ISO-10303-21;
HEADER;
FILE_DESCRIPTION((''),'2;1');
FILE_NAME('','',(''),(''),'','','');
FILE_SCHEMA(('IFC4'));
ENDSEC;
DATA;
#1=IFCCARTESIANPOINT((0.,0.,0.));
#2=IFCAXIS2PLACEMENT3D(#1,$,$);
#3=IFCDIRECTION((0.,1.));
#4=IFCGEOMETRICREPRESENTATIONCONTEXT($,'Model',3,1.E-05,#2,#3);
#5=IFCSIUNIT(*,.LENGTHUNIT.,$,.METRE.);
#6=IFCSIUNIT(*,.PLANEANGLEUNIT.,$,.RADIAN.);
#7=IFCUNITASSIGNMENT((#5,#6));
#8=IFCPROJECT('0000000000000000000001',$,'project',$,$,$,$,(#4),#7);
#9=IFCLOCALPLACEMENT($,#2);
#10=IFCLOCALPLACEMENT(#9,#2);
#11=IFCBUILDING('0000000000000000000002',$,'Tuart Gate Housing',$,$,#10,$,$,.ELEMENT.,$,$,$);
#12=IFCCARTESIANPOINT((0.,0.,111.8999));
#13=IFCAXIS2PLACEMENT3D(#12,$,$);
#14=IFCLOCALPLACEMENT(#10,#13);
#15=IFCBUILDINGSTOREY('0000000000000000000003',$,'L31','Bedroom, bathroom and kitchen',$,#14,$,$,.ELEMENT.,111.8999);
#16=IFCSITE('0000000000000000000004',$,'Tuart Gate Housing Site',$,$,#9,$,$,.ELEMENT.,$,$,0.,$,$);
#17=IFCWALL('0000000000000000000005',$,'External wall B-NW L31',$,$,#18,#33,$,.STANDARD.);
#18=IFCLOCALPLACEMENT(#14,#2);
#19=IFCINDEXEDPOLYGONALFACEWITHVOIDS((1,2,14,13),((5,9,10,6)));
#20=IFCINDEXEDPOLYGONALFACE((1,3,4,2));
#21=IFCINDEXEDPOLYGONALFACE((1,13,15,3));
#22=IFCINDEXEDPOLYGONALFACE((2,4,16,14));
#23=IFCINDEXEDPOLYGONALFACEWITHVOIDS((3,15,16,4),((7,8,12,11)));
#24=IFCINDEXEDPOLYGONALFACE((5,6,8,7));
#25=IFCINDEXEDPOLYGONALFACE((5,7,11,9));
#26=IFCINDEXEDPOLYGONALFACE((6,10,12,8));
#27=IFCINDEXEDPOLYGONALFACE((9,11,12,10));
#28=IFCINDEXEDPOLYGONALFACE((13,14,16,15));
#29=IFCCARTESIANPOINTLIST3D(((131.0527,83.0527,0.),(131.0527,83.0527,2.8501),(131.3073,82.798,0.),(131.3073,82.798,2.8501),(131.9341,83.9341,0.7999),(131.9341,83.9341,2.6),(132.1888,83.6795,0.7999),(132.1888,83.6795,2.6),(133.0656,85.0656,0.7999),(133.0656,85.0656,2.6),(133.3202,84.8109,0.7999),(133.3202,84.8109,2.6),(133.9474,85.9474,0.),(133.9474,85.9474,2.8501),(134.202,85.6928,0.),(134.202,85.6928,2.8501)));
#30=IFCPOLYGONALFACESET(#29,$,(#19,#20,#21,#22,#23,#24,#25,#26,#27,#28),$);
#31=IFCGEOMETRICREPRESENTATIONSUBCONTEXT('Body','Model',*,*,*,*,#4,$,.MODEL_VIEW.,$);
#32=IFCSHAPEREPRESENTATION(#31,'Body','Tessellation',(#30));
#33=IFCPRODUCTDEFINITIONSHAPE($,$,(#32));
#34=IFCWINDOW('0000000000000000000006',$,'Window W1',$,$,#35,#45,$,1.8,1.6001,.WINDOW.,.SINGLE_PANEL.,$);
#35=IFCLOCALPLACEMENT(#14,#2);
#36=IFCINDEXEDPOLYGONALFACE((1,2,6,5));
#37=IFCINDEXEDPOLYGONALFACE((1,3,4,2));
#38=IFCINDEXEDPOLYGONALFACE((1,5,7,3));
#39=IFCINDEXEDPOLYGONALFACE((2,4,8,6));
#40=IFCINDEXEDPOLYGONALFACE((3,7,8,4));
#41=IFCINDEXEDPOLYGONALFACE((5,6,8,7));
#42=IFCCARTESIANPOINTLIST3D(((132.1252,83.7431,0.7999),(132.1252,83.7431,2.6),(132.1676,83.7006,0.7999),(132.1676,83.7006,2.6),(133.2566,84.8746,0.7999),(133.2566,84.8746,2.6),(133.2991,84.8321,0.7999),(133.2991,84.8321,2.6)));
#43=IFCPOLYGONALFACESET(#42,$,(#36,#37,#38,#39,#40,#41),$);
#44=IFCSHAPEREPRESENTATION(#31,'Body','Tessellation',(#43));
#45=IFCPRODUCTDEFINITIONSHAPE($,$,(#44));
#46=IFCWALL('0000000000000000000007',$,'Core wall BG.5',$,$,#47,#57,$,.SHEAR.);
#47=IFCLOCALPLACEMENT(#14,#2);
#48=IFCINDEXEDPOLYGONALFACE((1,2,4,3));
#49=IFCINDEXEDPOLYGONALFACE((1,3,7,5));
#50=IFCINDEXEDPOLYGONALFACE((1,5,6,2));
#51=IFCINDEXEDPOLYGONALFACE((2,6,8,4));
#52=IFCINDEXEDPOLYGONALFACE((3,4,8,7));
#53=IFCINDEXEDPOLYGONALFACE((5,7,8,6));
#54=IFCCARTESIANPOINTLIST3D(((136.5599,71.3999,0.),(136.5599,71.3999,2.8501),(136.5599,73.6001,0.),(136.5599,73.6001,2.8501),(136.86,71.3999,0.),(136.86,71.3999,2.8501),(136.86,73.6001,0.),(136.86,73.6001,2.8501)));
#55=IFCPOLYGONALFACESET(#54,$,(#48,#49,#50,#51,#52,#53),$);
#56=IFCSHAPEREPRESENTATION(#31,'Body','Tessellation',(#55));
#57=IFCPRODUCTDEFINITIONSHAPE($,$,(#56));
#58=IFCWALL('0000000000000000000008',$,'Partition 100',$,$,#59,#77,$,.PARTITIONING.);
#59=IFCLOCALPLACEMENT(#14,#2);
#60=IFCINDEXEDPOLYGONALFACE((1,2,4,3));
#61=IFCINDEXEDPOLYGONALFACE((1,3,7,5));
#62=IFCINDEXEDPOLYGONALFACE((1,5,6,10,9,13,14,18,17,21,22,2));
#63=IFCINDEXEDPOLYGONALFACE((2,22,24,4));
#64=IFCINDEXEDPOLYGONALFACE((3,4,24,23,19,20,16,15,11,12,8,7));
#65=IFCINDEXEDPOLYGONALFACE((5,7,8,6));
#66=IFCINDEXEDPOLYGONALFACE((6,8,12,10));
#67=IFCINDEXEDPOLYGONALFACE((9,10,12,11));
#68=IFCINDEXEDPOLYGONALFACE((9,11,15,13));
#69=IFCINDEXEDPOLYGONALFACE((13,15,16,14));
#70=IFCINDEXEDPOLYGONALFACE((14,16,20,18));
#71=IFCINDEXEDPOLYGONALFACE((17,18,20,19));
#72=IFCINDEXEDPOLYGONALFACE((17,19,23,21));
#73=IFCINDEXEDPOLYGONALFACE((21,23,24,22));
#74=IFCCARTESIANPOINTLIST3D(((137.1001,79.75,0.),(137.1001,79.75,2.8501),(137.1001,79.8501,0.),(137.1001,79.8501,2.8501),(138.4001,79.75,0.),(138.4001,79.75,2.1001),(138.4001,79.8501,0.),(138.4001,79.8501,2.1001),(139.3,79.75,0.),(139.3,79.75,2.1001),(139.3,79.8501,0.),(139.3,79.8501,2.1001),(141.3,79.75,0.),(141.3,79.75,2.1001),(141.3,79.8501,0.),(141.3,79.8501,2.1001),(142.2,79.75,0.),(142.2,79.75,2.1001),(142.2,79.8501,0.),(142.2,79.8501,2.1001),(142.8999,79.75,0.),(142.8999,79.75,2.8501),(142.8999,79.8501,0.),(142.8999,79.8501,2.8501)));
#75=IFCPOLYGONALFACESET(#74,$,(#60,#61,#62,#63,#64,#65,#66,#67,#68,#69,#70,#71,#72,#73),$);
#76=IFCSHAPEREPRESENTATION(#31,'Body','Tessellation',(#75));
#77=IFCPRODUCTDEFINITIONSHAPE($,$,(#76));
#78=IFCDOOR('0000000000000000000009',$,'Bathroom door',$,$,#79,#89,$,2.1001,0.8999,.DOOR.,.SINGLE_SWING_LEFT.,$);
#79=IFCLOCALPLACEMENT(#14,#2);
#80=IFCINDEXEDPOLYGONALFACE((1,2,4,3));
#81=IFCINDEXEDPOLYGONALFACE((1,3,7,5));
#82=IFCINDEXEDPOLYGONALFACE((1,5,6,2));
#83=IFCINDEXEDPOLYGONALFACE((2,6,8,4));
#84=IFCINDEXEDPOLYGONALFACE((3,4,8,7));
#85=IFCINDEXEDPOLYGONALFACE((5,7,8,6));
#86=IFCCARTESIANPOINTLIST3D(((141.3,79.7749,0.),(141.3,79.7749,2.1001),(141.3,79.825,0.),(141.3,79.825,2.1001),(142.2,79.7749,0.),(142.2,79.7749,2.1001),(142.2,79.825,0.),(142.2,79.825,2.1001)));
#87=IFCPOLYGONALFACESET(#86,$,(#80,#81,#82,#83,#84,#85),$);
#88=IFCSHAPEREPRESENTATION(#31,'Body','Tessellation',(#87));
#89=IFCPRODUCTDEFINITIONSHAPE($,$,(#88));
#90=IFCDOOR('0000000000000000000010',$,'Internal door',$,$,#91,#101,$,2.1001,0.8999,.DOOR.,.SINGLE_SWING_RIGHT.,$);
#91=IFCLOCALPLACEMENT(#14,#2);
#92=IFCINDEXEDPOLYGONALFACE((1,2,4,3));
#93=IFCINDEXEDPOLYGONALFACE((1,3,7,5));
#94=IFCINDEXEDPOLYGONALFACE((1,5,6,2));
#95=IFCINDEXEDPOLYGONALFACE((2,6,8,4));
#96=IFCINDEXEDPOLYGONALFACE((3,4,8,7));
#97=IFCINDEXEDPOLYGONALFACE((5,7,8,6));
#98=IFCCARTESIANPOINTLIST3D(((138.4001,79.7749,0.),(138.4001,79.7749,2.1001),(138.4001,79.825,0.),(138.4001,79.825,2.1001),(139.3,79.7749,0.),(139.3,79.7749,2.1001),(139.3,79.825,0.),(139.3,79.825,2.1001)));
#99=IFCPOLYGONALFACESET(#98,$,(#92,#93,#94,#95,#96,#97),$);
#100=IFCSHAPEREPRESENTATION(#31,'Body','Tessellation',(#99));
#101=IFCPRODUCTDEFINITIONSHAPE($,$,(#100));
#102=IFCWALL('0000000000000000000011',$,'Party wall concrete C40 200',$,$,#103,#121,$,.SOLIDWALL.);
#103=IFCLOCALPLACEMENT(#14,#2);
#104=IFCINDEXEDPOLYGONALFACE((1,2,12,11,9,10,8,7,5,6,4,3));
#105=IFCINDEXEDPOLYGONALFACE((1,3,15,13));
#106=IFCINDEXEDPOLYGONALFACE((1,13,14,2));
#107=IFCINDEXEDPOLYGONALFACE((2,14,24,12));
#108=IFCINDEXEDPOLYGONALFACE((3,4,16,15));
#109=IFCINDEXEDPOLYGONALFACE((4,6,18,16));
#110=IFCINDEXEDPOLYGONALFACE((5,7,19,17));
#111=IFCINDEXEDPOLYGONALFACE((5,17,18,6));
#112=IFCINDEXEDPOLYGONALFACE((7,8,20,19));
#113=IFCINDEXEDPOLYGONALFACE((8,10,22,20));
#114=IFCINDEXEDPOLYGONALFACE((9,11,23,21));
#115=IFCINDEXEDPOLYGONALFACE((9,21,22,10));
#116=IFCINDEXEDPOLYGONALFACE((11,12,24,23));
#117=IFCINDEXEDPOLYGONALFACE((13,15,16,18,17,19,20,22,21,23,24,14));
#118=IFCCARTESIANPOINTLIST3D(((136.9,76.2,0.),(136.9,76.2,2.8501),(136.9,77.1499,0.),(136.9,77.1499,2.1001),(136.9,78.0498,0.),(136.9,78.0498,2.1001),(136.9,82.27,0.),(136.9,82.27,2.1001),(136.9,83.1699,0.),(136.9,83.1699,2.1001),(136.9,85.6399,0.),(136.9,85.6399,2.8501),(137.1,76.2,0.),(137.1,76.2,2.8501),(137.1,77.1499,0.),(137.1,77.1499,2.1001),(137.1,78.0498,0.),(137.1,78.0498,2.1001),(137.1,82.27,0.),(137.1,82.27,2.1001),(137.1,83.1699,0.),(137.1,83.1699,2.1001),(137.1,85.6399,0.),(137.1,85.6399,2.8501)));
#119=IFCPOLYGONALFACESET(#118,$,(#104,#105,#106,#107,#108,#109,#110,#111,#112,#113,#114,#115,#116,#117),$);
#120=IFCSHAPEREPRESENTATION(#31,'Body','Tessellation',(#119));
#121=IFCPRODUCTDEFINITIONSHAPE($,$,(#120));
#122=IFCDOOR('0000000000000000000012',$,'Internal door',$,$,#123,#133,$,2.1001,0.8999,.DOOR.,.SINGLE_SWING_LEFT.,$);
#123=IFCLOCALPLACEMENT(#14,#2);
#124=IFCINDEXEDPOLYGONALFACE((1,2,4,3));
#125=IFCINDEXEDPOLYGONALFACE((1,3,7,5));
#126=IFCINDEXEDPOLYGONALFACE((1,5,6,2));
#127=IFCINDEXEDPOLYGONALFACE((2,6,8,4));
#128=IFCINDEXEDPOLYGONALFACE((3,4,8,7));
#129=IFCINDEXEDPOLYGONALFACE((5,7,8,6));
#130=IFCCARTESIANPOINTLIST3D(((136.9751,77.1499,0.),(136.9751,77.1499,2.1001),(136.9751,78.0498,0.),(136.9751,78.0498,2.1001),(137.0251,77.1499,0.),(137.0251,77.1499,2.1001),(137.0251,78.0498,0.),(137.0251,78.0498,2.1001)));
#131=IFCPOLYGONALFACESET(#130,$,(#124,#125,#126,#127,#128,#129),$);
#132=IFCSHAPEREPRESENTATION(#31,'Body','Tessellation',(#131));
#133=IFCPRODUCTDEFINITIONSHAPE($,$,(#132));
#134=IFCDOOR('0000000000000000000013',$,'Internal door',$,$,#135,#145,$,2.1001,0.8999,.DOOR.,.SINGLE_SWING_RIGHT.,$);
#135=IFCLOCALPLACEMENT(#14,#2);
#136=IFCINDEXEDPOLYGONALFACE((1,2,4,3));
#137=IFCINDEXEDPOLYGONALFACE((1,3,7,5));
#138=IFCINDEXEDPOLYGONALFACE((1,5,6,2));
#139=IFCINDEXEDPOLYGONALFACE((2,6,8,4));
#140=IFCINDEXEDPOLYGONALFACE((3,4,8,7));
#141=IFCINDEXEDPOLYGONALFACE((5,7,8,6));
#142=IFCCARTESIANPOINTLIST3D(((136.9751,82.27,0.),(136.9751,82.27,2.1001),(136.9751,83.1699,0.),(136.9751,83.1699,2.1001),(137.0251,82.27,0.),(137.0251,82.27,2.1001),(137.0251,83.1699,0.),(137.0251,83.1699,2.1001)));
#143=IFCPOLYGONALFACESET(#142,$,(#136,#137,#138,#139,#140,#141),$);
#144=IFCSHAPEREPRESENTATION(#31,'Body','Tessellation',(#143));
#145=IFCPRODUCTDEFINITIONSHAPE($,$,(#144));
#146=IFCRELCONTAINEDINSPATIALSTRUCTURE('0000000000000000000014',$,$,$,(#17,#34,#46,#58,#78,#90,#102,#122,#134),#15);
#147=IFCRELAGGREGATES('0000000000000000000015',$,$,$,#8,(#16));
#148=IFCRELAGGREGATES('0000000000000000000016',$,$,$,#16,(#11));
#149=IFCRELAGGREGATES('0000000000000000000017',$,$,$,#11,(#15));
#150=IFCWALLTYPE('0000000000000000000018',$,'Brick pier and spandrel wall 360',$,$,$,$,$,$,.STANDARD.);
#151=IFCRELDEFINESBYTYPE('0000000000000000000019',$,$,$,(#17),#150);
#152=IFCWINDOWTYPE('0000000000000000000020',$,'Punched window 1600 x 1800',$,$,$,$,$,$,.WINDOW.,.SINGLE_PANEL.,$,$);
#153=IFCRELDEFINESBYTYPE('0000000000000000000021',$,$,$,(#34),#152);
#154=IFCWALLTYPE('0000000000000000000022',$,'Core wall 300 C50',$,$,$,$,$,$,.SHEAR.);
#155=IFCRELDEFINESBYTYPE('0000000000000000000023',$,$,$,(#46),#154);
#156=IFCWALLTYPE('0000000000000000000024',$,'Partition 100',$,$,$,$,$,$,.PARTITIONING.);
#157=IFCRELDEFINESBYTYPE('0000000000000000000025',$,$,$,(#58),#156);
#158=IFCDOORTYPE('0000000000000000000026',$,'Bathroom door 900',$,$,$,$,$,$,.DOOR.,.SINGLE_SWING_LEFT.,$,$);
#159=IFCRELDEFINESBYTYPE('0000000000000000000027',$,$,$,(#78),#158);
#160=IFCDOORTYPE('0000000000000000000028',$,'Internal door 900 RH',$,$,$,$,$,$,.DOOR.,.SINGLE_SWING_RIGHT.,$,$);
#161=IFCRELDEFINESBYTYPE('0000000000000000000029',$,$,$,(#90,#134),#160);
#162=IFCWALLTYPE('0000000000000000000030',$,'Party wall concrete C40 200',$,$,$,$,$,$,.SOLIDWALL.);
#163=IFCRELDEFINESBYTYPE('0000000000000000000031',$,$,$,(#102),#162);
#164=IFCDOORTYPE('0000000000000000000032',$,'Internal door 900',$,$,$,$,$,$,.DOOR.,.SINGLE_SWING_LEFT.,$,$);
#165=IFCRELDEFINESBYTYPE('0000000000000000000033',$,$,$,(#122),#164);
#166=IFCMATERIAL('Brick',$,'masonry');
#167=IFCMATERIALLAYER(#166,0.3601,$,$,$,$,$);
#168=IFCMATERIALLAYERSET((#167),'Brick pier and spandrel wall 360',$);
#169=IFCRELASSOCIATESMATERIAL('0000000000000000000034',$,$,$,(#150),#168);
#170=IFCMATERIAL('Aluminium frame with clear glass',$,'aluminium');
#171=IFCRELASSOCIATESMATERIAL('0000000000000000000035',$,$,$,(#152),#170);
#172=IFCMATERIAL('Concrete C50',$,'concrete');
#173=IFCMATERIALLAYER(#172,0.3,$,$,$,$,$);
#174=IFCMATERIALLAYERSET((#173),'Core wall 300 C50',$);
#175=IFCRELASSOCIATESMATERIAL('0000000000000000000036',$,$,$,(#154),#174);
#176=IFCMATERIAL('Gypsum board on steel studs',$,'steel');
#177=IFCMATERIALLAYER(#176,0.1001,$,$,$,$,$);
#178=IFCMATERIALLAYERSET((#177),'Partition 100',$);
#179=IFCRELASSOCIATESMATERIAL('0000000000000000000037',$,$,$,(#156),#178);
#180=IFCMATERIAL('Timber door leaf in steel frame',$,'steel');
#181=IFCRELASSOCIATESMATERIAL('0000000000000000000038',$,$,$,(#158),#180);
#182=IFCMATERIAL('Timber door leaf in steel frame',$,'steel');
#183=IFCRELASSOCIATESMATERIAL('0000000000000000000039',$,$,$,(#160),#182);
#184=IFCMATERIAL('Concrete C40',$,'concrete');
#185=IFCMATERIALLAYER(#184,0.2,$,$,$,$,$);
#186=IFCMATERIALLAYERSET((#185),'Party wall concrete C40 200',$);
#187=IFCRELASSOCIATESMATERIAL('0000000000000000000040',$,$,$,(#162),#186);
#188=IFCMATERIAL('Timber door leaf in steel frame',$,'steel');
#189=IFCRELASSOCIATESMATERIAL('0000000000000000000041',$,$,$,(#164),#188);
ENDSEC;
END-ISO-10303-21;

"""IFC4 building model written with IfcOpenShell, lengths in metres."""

from ifc_helpers import new_model, si_unit, direction, frame, frame_2d, origin, place, context, subcontext, project, spatial, rectangle, extrude, material, layer, layer_set, type_object, element, fill, save


model = new_model("IFC4")

# Units and contexts
model_context = context("Model", 3, precision=1e-05, world=origin(), true_north=direction((0.0, 1.0)))
body_context = subcontext(model_context, "Body", "Model", "MODEL_VIEW")
ifc_project = project(units=[si_unit("LENGTHUNIT", "METRE"), si_unit("PLANEANGLEUNIT", "RADIAN")], contexts=[model_context])

# Site, building, storey
site_placement = place(None, origin())
site = spatial("IfcSite", under=ifc_project, at=site_placement, Name="Tuart Gate Housing Site", CompositionType="ELEMENT", RefElevation=0.0)
building_placement = place(site_placement, origin())
building = spatial("IfcBuilding", under=site, at=building_placement, Name="Tuart Gate Housing", CompositionType="ELEMENT")
storey_placement = place(building_placement, frame((0.0, 0.0, 111.8999)))
storey = spatial("IfcBuildingStorey", under=building, at=storey_placement, Name="L31", Description="Bedroom, bathroom and kitchen", CompositionType="ELEMENT", Elevation=111.8999)

# Wall, opening, window
ifc_material_1 = material(Name="Brick", Category="masonry")
ifc_layer_1 = layer(ifc_material_1, 0.3601)
ifc_layer_set_1 = layer_set([ifc_layer_1], Name="Brick pier and spandrel wall 360")
wall_type_1 = type_object("IfcWallType", Name="Brick pier and spandrel wall 360", PredefinedType="STANDARD", material=ifc_layer_set_1)
wall_1_placement = place(storey_placement, frame((134.0747, 85.8201, 0.0), z_axis=(0.0, 0.0, 1.0), x_axis=(-0.707107, -0.707107, 0.0)))
wall_1 = element("IfcWall", 1, at=wall_1_placement, inside=storey, type_object=wall_type_1, Name="External wall B-NW L31", PredefinedType="STANDARD", context=body_context, shape_type="SweptSolid", body=[
    extrude(rectangle(XDim=4.0938, YDim=0.3601, at=frame_2d((2.0469, 0.0))), origin(), (0.0, 0.0, 1.0), 2.8501),
])
opening_1_placement = place(wall_1_placement, frame((1.2471, 0.0, 0.8)))
opening_1 = element("IfcOpeningElement", 2, at=opening_1_placement, cuts=wall_1, PredefinedType="OPENING", context=body_context, shape_type="SweptSolid", body=[
    extrude(rectangle(XDim=1.6001, YDim=1.8, at=frame_2d((0.8, 0.8999))), frame((0.0, 0.1899, 0.0), z_axis=(0.0, -1.0, 0.0), x_axis=(1.0, 0.0, 0.0)), (0.0, 0.0, 1.0), 0.3801),
])
ifc_material_2 = material(Name="Aluminium frame with clear glass", Category="aluminium")
window_type = type_object("IfcWindowType", Name="Punched window 1600 x 1800", PartitioningType="SINGLE_PANEL", PredefinedType="WINDOW", material=ifc_material_2)
window_placement = place(opening_1_placement, origin())
window = element("IfcWindow", 3, at=window_placement, inside=storey, type_object=window_type, Name="Window W1", OverallHeight=1.8, OverallWidth=1.6001, PartitioningType="SINGLE_PANEL", PredefinedType="WINDOW", context=body_context, shape_type="SweptSolid", body=[
    extrude(rectangle(XDim=1.6001, YDim=1.8, at=frame_2d((0.8, 0.8999))), frame((0.0, 0.1501, 0.0), z_axis=(0.0, -1.0, 0.0), x_axis=(1.0, 0.0, 0.0)), (0.0, 0.0, 1.0), 0.0601),
])
fill(opening_1, window)

# Wall
ifc_material_3 = material(Name="Concrete C50", Category="concrete")
ifc_layer_2 = layer(ifc_material_3, 0.3)
ifc_layer_set_2 = layer_set([ifc_layer_2], Name="Core wall 300 C50")
wall_type_2 = type_object("IfcWallType", Name="Core wall 300 C50", PredefinedType="SHEAR", material=ifc_layer_set_2)
wall_2_placement = place(storey_placement, frame((136.71, 71.3999, 0.0), z_axis=(0.0, 0.0, 1.0), x_axis=(0.0, 1.0, 0.0)))
element("IfcWall", 4, at=wall_2_placement, inside=storey, type_object=wall_type_2, Name="Core wall BG.5", PredefinedType="SHEAR", context=body_context, shape_type="SweptSolid", body=[
    extrude(rectangle(XDim=2.2002, YDim=0.3, at=frame_2d((1.1001, 0.0))), origin(), (0.0, 0.0, 1.0), 2.8501),
])

# Walls, openings, doors
ifc_material_4 = material(Name="Gypsum board on steel studs", Category="steel")
ifc_layer_3 = layer(ifc_material_4, 0.1001)
ifc_layer_set_3 = layer_set([ifc_layer_3], Name="Partition 100")
wall_type_3 = type_object("IfcWallType", Name="Partition 100", PredefinedType="PARTITIONING", material=ifc_layer_set_3)
wall_3_placement = place(storey_placement, frame((137.1001, 79.8, 0.0), z_axis=(0.0, 0.0, 1.0), x_axis=(1.0, 0.0, 0.0)))
wall_3 = element("IfcWall", 5, at=wall_3_placement, inside=storey, type_object=wall_type_3, Name="Partition 100", PredefinedType="PARTITIONING", context=body_context, shape_type="SweptSolid", body=[
    extrude(rectangle(XDim=5.7998, YDim=0.1001, at=frame_2d((2.8999, 0.0))), origin(), (0.0, 0.0, 1.0), 2.8501),
])
opening_2_placement = place(wall_3_placement, frame((1.3, 0.0, 0.0)))
opening_2 = element("IfcOpeningElement", 6, at=opening_2_placement, cuts=wall_3, PredefinedType="OPENING", context=body_context, shape_type="SweptSolid", body=[
    extrude(rectangle(XDim=0.8999, YDim=2.1001, at=frame_2d((0.45, 1.05))), frame((0.0, 0.0601, 0.0), z_axis=(0.0, -1.0, 0.0), x_axis=(1.0, 0.0, 0.0)), (0.0, 0.0, 1.0), 0.1201),
])
opening_3_placement = place(wall_3_placement, frame((4.2, 0.0, 0.0)))
opening_3 = element("IfcOpeningElement", 7, at=opening_3_placement, cuts=wall_3, PredefinedType="OPENING", context=body_context, shape_type="SweptSolid", body=[
    extrude(rectangle(XDim=0.8999, YDim=2.1001, at=frame_2d((0.45, 1.05))), frame((0.0, 0.0601, 0.0), z_axis=(0.0, -1.0, 0.0), x_axis=(1.0, 0.0, 0.0)), (0.0, 0.0, 1.0), 0.1201),
])
ifc_material_5 = material(Name="Timber door leaf in steel frame", Category="steel")
door_type_1 = type_object("IfcDoorType", Name="Bathroom door 900", OperationType="SINGLE_SWING_LEFT", PredefinedType="DOOR", material=ifc_material_5)
door_1_placement = place(opening_3_placement, origin())
door_1 = element("IfcDoor", 8, at=door_1_placement, inside=storey, type_object=door_type_1, Name="Bathroom door", OperationType="SINGLE_SWING_LEFT", OverallHeight=2.1001, OverallWidth=0.8999, PredefinedType="DOOR", context=body_context, shape_type="SweptSolid", body=[
    extrude(rectangle(XDim=0.8999, YDim=2.1001, at=frame_2d((0.45, 1.05))), frame((0.0, 0.0249, 0.0), z_axis=(0.0, -1.0, 0.0), x_axis=(1.0, 0.0, 0.0)), (0.0, 0.0, 1.0), 0.05),
])
fill(opening_3, door_1)
ifc_material_6 = material(Name="Timber door leaf in steel frame", Category="steel")
door_type_2 = type_object("IfcDoorType", Name="Internal door 900 RH", OperationType="SINGLE_SWING_RIGHT", PredefinedType="DOOR", material=ifc_material_6)
door_2_placement = place(opening_2_placement, frame((0.8999, 0.0, 0.0), z_axis=(0.0, 0.0, 1.0), x_axis=(-1.0, 0.0, 0.0)))
door_2 = element("IfcDoor", 9, at=door_2_placement, inside=storey, type_object=door_type_2, Name="Internal door", OperationType="SINGLE_SWING_RIGHT", OverallHeight=2.1001, OverallWidth=0.8999, PredefinedType="DOOR", context=body_context, shape_type="SweptSolid", body=[
    extrude(rectangle(XDim=0.8999, YDim=2.1001, at=frame_2d((0.45, 1.05))), frame((0.0, 0.0251, 0.0), z_axis=(0.0, -1.0, 0.0), x_axis=(1.0, 0.0, 0.0)), (0.0, 0.0, 1.0), 0.05),
])
fill(opening_2, door_2)
ifc_material_7 = material(Name="Concrete C40", Category="concrete")
ifc_layer_4 = layer(ifc_material_7, 0.2)
ifc_layer_set_4 = layer_set([ifc_layer_4], Name="Party wall concrete C40 200")
wall_type_4 = type_object("IfcWallType", Name="Party wall concrete C40 200", PredefinedType="SOLIDWALL", material=ifc_layer_set_4)
wall_4_placement = place(storey_placement, frame((137.0, 76.2, 0.0), z_axis=(0.0, 0.0, 1.0), x_axis=(0.0, 1.0, 0.0)))
wall_4 = element("IfcWall", 10, at=wall_4_placement, inside=storey, type_object=wall_type_4, Name="Party wall concrete C40 200", PredefinedType="SOLIDWALL", context=body_context, shape_type="SweptSolid", body=[
    extrude(rectangle(XDim=9.4399, YDim=0.2, at=frame_2d((4.72, 0.0))), origin(), (0.0, 0.0, 1.0), 2.8501),
])
opening_4_placement = place(wall_4_placement, frame((6.0701, 0.0, 0.0)))
opening_4 = element("IfcOpeningElement", 11, at=opening_4_placement, cuts=wall_4, PredefinedType="OPENING", context=body_context, shape_type="SweptSolid", body=[
    extrude(rectangle(XDim=0.8999, YDim=2.1001, at=frame_2d((0.45, 1.05))), frame((0.0, 0.1099, 0.0), z_axis=(0.0, -1.0, 0.0), x_axis=(1.0, 0.0, 0.0)), (0.0, 0.0, 1.0), 0.22),
])
opening_5_placement = place(wall_4_placement, frame((0.95, 0.0, 0.0)))
opening_5 = element("IfcOpeningElement", 12, at=opening_5_placement, cuts=wall_4, PredefinedType="OPENING", context=body_context, shape_type="SweptSolid", body=[
    extrude(rectangle(XDim=0.8999, YDim=2.1001, at=frame_2d((0.45, 1.05))), frame((0.0, 0.1099, 0.0), z_axis=(0.0, -1.0, 0.0), x_axis=(1.0, 0.0, 0.0)), (0.0, 0.0, 1.0), 0.22),
])
ifc_material_8 = material(Name="Timber door leaf in steel frame", Category="steel")
door_type_3 = type_object("IfcDoorType", Name="Internal door 900", OperationType="SINGLE_SWING_LEFT", PredefinedType="DOOR", material=ifc_material_8)
door_3_placement = place(opening_5_placement, origin())
door_3 = element("IfcDoor", 13, at=door_3_placement, inside=storey, type_object=door_type_3, Name="Internal door", OperationType="SINGLE_SWING_LEFT", OverallHeight=2.1001, OverallWidth=0.8999, PredefinedType="DOOR", context=body_context, shape_type="SweptSolid", body=[
    extrude(rectangle(XDim=0.8999, YDim=2.1001, at=frame_2d((0.45, 1.05))), frame((0.0, 0.0249, 0.0), z_axis=(0.0, -1.0, 0.0), x_axis=(1.0, 0.0, 0.0)), (0.0, 0.0, 1.0), 0.05),
])
fill(opening_5, door_3)
door_4_placement = place(opening_4_placement, origin())
door_4 = element("IfcDoor", 14, at=door_4_placement, inside=storey, type_object=door_type_2, Name="Internal door", OperationType="SINGLE_SWING_RIGHT", OverallHeight=2.1001, OverallWidth=0.8999, PredefinedType="DOOR", context=body_context, shape_type="SweptSolid", body=[
    extrude(rectangle(XDim=0.8999, YDim=2.1001, at=frame_2d((0.45, 1.05))), frame((0.0, 0.0249, 0.0), z_axis=(0.0, -1.0, 0.0), x_axis=(1.0, 0.0, 0.0)), (0.0, 0.0, 1.0), 0.05),
])
fill(opening_4, door_4)

save(model, "model.ifc")
